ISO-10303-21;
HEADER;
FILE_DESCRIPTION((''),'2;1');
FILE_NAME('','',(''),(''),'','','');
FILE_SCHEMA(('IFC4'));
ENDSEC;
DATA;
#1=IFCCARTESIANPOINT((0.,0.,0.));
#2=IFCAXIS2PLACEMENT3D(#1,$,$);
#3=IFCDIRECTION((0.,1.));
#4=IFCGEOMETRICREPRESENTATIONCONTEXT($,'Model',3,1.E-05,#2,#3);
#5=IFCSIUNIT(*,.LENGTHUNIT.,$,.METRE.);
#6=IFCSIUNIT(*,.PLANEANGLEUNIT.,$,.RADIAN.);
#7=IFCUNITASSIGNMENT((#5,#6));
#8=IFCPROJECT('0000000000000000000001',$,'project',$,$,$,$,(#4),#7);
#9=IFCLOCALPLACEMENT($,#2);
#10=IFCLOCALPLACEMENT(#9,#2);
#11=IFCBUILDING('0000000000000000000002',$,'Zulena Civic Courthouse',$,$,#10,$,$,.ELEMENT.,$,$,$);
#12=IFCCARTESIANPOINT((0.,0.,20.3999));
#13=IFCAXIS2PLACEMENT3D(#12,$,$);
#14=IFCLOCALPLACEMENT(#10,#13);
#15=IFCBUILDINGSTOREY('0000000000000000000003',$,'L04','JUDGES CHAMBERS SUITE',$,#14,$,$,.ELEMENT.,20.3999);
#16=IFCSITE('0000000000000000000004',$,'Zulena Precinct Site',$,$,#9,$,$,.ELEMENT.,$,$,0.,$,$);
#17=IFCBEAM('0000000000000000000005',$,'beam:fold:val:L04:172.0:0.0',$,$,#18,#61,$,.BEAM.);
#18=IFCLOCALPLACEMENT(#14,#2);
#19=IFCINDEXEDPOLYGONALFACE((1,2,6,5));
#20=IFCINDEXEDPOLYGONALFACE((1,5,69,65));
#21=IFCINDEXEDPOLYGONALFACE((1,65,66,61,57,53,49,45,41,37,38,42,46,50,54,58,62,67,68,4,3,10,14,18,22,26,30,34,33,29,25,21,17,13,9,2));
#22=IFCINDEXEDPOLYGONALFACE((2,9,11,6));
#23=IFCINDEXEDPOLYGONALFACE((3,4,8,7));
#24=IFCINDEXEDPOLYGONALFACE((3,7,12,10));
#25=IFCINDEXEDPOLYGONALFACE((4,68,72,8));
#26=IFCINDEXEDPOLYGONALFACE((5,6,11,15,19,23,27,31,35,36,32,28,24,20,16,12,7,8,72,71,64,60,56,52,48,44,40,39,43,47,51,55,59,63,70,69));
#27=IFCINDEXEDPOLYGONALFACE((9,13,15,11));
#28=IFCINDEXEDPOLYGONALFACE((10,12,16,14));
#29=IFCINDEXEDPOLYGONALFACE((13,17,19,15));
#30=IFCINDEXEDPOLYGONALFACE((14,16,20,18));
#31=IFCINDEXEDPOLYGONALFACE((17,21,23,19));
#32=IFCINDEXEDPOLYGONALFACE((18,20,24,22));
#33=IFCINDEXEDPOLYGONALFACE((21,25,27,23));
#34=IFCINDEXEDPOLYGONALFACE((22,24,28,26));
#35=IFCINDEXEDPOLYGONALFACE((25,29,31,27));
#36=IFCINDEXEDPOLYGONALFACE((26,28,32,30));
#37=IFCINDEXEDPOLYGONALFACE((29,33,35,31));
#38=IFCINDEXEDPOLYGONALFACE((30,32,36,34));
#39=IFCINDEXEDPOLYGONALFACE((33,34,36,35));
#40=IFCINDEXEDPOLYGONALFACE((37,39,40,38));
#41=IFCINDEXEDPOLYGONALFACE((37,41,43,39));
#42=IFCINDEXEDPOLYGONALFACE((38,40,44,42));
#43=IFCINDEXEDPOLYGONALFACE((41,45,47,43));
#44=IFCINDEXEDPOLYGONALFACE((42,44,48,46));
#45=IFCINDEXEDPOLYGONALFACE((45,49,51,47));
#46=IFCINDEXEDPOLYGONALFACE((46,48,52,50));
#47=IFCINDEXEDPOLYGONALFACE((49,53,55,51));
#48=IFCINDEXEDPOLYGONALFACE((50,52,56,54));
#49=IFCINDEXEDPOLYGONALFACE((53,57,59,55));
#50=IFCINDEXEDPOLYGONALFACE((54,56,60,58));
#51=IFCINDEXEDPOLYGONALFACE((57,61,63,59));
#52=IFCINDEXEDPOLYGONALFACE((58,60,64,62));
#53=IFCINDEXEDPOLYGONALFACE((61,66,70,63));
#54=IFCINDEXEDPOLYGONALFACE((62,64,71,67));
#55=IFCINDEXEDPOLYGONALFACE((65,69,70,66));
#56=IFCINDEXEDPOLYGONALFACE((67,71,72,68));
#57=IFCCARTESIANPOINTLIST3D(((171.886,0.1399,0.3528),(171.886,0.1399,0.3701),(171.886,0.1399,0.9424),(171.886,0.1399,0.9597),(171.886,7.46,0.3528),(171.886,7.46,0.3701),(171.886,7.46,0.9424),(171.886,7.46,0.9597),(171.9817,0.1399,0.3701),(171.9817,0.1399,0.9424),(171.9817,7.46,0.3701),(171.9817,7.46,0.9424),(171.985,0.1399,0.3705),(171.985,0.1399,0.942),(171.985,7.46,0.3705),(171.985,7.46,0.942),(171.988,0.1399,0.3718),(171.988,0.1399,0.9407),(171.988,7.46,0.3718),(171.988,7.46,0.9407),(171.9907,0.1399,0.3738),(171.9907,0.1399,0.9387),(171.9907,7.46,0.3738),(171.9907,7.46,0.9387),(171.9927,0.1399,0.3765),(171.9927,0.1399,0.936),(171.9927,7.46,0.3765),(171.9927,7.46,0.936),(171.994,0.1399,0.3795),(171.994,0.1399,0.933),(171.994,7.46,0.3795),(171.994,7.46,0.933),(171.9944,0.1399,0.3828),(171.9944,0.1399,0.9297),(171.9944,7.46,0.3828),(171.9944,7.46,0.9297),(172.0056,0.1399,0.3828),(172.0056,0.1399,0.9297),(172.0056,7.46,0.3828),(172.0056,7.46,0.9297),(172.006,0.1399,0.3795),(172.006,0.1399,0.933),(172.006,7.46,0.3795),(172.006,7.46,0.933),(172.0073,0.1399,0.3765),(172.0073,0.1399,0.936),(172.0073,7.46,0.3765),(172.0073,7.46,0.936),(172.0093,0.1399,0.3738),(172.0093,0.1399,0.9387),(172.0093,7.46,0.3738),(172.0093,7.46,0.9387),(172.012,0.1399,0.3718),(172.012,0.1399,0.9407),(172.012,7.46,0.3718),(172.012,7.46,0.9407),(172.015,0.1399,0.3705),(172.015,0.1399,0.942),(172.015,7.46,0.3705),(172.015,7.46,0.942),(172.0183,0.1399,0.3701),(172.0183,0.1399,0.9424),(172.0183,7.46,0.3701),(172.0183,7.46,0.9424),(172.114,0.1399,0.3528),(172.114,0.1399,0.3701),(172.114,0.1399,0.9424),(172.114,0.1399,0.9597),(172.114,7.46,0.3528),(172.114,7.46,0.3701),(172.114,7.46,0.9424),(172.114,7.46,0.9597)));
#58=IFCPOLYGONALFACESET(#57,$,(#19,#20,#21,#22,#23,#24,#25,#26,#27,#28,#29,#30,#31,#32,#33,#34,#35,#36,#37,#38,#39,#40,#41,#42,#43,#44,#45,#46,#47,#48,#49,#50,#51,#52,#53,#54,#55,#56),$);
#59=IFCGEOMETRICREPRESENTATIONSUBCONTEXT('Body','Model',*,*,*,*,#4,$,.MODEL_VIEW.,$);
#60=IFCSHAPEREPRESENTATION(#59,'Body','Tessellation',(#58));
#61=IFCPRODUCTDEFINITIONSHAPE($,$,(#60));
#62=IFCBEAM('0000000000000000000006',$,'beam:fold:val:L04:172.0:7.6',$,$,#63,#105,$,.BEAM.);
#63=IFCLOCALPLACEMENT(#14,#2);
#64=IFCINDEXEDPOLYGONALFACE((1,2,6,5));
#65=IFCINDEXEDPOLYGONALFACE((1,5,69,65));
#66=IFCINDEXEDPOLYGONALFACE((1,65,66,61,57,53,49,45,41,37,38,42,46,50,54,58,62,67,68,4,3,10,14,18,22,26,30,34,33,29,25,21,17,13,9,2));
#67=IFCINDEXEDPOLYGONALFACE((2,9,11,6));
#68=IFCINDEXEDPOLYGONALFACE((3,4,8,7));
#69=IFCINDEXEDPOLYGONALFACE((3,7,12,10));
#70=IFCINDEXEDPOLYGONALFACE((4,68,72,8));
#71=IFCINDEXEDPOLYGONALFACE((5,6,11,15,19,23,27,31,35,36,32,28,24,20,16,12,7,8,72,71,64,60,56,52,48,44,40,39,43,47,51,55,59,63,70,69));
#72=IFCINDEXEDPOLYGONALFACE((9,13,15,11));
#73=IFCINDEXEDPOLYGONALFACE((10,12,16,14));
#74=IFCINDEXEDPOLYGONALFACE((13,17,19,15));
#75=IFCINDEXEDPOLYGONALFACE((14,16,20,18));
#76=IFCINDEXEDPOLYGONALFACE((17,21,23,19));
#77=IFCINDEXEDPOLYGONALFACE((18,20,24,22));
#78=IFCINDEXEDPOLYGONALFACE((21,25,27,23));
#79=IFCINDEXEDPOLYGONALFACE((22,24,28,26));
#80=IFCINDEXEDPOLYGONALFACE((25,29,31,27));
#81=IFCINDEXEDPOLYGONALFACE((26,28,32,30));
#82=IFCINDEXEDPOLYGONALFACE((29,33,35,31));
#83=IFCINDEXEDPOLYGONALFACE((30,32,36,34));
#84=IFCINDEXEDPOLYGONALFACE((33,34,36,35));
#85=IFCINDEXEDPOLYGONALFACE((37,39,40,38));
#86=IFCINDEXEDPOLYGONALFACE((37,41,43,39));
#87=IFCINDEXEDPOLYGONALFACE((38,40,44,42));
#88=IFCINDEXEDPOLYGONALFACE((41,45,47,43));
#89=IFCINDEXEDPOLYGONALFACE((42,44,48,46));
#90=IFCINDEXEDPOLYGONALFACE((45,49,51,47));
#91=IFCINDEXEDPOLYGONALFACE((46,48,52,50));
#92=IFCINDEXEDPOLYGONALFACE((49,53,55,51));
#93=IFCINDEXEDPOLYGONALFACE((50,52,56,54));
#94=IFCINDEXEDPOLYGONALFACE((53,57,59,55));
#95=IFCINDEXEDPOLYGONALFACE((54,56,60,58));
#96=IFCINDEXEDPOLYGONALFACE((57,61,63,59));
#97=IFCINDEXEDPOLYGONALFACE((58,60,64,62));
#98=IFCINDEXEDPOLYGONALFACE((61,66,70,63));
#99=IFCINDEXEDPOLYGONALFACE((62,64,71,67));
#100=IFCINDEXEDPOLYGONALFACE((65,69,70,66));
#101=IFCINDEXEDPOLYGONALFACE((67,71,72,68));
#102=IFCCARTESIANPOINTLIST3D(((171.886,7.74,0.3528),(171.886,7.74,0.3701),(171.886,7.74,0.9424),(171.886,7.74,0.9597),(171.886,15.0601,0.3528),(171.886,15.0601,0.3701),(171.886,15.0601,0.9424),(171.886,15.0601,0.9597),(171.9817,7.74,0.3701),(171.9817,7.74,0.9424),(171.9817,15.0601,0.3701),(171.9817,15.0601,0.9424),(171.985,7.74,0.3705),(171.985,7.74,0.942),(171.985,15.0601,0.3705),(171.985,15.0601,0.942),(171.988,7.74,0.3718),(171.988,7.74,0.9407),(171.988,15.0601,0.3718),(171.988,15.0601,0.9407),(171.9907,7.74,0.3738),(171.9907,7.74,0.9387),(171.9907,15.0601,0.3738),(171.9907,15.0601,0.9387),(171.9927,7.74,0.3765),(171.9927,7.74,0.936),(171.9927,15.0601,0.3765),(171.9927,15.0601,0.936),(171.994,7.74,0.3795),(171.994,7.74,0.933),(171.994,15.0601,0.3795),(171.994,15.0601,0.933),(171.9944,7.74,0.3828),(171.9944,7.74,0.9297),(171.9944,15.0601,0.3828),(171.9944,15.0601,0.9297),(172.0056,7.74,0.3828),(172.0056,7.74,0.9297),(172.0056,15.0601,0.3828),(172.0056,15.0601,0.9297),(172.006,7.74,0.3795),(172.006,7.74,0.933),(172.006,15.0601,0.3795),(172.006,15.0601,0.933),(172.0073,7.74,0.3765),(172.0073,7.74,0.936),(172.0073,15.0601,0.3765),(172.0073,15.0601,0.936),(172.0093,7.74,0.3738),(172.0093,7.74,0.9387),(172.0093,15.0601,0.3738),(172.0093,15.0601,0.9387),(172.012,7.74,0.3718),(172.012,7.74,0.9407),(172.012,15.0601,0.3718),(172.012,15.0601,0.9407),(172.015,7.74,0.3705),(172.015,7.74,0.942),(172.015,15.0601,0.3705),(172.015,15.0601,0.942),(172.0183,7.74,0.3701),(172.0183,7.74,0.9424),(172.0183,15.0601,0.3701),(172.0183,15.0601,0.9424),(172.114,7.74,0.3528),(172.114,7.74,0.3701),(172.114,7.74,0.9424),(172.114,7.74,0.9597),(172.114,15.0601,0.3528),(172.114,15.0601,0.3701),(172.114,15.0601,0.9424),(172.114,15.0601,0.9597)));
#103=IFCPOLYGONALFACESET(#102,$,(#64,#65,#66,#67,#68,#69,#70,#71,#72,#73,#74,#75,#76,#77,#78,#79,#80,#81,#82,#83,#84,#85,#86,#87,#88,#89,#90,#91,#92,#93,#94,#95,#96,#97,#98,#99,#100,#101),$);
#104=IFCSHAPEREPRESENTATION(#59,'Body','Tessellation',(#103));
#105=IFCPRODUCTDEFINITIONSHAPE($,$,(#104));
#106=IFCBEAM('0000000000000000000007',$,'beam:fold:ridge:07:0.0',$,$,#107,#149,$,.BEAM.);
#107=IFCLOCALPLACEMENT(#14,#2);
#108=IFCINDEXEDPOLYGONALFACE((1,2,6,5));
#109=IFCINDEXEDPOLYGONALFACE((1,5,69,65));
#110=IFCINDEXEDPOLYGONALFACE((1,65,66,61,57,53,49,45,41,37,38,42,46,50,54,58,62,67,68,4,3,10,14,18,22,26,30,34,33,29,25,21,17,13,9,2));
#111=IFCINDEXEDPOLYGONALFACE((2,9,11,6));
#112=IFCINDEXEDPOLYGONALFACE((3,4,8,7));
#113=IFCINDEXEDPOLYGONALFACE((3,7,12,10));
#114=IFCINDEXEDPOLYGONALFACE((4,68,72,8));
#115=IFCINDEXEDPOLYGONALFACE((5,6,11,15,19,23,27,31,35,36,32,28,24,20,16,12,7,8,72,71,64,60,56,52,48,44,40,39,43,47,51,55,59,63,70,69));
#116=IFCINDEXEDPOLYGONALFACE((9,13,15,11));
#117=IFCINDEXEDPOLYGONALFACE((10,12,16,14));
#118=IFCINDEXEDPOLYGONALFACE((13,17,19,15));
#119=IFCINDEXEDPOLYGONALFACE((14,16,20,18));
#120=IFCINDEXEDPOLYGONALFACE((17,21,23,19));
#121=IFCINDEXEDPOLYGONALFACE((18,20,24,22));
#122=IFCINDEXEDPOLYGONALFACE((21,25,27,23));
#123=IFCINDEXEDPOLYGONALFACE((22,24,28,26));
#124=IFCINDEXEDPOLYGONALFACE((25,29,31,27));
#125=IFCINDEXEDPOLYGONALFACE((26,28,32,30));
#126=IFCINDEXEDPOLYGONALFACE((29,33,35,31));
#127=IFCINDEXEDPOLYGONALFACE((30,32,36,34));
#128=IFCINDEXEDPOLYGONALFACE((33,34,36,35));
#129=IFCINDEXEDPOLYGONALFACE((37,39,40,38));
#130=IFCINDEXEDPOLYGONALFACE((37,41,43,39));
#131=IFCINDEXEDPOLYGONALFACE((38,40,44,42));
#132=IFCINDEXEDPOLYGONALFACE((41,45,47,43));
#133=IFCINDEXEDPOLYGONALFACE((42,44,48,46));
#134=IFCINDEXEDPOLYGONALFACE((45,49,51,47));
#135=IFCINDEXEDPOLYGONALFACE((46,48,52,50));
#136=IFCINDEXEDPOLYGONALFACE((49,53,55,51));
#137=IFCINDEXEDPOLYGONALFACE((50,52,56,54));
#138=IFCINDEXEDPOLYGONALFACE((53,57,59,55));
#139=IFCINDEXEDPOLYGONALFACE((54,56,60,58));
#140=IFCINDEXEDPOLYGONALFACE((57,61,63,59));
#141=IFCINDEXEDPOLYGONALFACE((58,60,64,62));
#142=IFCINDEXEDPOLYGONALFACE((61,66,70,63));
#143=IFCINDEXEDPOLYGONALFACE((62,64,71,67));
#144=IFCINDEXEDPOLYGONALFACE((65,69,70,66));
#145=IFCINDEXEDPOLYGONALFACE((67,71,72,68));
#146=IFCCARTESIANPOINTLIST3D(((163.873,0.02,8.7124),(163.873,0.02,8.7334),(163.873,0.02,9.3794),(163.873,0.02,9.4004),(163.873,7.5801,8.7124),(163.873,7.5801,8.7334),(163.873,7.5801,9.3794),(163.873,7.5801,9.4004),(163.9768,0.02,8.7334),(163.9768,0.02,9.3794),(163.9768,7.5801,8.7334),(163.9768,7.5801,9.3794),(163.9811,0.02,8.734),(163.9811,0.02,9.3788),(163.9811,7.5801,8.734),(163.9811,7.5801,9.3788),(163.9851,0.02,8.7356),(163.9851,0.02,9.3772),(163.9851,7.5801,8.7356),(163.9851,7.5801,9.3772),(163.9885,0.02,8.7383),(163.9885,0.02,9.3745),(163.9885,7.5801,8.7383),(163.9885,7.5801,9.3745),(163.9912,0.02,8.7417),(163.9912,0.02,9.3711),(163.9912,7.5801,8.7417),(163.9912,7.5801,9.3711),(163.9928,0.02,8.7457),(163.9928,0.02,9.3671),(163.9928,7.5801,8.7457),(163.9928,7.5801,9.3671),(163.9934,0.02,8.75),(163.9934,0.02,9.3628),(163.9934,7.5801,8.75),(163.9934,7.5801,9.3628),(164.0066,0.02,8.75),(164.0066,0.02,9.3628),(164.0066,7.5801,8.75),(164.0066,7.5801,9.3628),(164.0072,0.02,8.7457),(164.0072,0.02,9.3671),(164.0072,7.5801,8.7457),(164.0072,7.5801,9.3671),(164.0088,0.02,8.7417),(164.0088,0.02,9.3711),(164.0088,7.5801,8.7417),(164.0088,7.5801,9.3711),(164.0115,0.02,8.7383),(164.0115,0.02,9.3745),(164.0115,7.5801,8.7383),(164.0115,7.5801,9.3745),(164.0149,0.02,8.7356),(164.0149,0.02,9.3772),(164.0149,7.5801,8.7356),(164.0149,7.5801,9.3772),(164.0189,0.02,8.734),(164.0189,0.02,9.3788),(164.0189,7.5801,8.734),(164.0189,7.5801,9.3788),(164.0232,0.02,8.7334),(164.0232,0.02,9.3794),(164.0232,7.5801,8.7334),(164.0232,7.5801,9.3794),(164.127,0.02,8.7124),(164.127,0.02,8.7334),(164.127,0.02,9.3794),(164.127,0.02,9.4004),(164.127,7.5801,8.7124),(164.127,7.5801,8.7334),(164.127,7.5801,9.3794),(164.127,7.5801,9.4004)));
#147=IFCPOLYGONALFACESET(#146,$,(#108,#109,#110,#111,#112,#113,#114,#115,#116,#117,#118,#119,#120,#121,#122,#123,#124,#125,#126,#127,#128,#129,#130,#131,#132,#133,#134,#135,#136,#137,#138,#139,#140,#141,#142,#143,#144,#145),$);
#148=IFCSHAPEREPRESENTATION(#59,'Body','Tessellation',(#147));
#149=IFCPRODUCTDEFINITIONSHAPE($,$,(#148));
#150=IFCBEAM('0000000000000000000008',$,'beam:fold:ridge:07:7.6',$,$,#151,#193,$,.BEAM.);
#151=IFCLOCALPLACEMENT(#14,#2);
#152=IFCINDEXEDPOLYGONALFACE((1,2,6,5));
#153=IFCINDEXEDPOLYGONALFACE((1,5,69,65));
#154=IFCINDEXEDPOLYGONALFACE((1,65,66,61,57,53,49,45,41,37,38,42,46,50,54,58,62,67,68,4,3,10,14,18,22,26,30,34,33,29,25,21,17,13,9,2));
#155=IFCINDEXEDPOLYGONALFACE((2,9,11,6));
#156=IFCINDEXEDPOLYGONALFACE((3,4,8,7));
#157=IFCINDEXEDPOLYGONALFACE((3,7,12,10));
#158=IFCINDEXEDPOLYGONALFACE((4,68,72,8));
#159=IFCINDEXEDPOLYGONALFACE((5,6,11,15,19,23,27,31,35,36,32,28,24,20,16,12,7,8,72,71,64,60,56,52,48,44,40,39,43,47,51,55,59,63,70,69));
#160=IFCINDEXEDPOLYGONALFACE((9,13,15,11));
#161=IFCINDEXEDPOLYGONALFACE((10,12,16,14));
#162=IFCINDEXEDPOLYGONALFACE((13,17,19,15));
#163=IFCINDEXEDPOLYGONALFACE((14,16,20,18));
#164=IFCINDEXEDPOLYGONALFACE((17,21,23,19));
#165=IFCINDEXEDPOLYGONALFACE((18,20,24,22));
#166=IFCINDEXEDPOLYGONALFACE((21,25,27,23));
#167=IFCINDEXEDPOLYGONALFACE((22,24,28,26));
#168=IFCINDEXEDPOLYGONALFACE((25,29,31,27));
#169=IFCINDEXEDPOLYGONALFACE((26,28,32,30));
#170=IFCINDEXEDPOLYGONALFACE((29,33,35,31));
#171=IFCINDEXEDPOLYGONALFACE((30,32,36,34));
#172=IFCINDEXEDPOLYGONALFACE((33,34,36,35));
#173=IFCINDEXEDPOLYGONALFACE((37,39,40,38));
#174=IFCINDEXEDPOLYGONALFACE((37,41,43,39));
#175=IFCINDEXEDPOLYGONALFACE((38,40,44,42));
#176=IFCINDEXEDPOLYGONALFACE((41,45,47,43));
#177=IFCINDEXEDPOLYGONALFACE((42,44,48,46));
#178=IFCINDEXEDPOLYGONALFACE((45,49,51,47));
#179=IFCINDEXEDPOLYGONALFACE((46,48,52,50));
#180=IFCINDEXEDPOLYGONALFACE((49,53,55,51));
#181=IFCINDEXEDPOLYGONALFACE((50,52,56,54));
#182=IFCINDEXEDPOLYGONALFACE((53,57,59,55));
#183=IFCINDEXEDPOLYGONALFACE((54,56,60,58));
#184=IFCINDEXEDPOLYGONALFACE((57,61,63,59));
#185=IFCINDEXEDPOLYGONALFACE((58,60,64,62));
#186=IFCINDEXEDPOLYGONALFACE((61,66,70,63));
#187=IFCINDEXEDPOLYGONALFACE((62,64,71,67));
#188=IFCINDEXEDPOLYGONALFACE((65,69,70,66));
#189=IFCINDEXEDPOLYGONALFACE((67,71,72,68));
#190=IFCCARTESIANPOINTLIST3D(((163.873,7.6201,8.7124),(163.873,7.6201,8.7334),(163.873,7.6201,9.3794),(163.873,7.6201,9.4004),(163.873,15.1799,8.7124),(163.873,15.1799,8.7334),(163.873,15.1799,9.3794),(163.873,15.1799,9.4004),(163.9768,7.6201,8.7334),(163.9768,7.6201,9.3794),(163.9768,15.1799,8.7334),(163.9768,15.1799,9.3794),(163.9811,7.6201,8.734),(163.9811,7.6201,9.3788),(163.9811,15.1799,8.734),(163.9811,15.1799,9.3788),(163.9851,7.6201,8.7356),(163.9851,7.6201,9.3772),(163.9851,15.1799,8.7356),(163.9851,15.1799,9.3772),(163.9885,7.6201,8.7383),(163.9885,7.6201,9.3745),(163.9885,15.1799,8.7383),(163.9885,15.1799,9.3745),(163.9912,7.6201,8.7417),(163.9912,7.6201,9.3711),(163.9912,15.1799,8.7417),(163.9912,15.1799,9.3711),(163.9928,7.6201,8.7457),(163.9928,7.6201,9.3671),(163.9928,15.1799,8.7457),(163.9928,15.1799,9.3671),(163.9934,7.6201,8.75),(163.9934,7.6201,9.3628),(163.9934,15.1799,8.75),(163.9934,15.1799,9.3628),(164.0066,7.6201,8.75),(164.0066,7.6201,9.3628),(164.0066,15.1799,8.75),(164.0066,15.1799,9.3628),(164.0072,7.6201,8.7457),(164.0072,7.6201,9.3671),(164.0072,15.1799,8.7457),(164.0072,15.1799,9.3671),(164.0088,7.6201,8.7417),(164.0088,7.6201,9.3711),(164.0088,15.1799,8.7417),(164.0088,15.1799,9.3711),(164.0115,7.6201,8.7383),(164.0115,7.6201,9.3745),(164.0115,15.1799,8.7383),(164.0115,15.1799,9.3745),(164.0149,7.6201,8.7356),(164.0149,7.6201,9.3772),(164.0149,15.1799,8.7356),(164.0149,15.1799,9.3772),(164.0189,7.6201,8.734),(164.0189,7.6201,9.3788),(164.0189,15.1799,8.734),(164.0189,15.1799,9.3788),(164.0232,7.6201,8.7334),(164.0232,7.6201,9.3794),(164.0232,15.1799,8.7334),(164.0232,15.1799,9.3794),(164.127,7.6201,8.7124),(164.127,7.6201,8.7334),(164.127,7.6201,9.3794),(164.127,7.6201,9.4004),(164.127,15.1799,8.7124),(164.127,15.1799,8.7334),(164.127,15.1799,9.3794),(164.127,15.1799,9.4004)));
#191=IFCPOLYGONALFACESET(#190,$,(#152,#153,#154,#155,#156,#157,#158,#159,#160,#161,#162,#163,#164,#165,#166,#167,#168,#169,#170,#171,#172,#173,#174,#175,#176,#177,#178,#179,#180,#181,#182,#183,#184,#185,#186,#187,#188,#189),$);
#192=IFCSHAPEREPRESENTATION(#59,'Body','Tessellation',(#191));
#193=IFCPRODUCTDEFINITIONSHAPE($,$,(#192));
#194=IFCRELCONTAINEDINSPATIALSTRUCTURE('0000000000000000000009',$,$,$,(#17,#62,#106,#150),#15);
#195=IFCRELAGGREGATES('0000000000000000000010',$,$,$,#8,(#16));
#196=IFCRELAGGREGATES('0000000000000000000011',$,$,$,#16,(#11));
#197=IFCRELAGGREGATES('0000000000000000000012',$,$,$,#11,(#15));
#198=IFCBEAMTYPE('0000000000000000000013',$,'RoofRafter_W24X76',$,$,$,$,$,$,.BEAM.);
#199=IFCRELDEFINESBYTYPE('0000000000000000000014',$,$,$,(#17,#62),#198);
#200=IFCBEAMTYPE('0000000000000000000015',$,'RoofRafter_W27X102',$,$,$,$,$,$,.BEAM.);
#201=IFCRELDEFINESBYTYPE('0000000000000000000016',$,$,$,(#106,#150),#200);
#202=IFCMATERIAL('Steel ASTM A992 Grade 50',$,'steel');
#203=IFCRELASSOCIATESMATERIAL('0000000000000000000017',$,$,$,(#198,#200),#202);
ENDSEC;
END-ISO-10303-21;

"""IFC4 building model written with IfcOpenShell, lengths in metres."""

from ifc_helpers import new_model, si_unit, direction, frame, origin, origin_2d, place, context, subcontext, project, spatial, i_section, extrude, material, material_profile, profile_set, type_object, element, save


model = new_model("IFC4")

# Units and contexts
model_context = context("Model", 3, precision=1e-05, world=origin(), true_north=direction((0.0, 1.0)))
body_context = subcontext(model_context, "Body", "Model", "MODEL_VIEW")
ifc_project = project(units=[si_unit("LENGTHUNIT", "METRE"), si_unit("PLANEANGLEUNIT", "RADIAN")], contexts=[model_context])

# Site, building, storey
site_placement = place(None, origin())
site = spatial("IfcSite", under=ifc_project, at=site_placement, Name="Zulena Precinct Site", CompositionType="ELEMENT", RefElevation=0.0)
building_placement = place(site_placement, origin())
building = spatial("IfcBuilding", under=site, at=building_placement, Name="Zulena Civic Courthouse", CompositionType="ELEMENT")
storey_placement = place(building_placement, frame((0.0, 0.0, 20.3999)))
storey = spatial("IfcBuildingStorey", under=building, at=storey_placement, Name="L04", Description="JUDGES CHAMBERS SUITE", CompositionType="ELEMENT", Elevation=20.3999)

# Shared definitions
ifc_material_1 = material(Name="Steel ASTM A992 Grade 50", Category="steel")

# Beams
ifc_material_profile_1 = material_profile(ifc_material_1, i_section(OverallWidth=0.228, OverallDepth=0.6069, WebThickness=0.0112, FlangeThickness=0.0173, FilletRadius=0.0127, at=origin_2d()), Name="W24X76")
ifc_profile_set_1 = profile_set([ifc_material_profile_1], Name="Steel ASTM A992 Grade 50")
beam_type_1 = type_object("IfcBeamType", Name="RoofRafter_W24X76", PredefinedType="BEAM", material=ifc_profile_set_1)
for number, where, z_axis, x_axis, name in (
    (1, (172.0, 0.1399, 0.6562), (0.0, 1.0, 0.0), (-1.0, 0.0, 0.0), "beam:fold:val:L04:172.0:0.0"),
    (2, (172.0, 7.74, 0.6562), (0.0, 1.0, 0.0), (-1.0, 0.0, 0.0), "beam:fold:val:L04:172.0:7.6"),
):
    element("IfcBeam", number, at=place(storey_placement, frame(where, z_axis=z_axis, x_axis=x_axis)), inside=storey, type_object=beam_type_1, Name=name, PredefinedType="BEAM", context=body_context, shape_type="SweptSolid", body=[
        extrude(i_section(OverallWidth=0.228, OverallDepth=0.6069, WebThickness=0.0112, FlangeThickness=0.0173, FilletRadius=0.0127, at=origin_2d()), origin(), (0.0, 0.0, 1.0), 7.3201),
    ])
ifc_material_profile_2 = material_profile(ifc_material_1, i_section(OverallWidth=0.2539, OverallDepth=0.688, WebThickness=0.0132, FlangeThickness=0.021, FilletRadius=0.0166, at=origin_2d()), Name="W27X102")
ifc_profile_set_2 = profile_set([ifc_material_profile_2], Name="Steel ASTM A992 Grade 50")
beam_type_2 = type_object("IfcBeamType", Name="RoofRafter_W27X102", PredefinedType="BEAM", material=ifc_profile_set_2)
beam_1_placement = place(storey_placement, frame((164.0, 0.02, 9.0564), z_axis=(0.0, 1.0, 0.0), x_axis=(-1.0, 0.0, 0.0)))
element("IfcBeam", 3, at=beam_1_placement, inside=storey, type_object=beam_type_2, Name="beam:fold:ridge:07:0.0", PredefinedType="BEAM", context=body_context, shape_type="SweptSolid", body=[
    extrude(i_section(OverallWidth=0.2539, OverallDepth=0.688, WebThickness=0.0132, FlangeThickness=0.021, FilletRadius=0.0166, at=origin_2d()), origin(), (0.0, 0.0, 1.0), 7.5601),
])
beam_2_placement = place(storey_placement, frame((164.0, 7.6201, 9.0564), z_axis=(0.0, 1.0, 0.0), x_axis=(-1.0, 0.0, 0.0)))
element("IfcBeam", 4, at=beam_2_placement, inside=storey, type_object=beam_type_2, Name="beam:fold:ridge:07:7.6", PredefinedType="BEAM", context=body_context, shape_type="SweptSolid", body=[
    extrude(i_section(OverallWidth=0.2539, OverallDepth=0.688, WebThickness=0.0132, FlangeThickness=0.021, FilletRadius=0.0166, at=origin_2d()), origin(), (0.0, 0.0, 1.0), 7.5598),
])

save(model, "model.ifc")
